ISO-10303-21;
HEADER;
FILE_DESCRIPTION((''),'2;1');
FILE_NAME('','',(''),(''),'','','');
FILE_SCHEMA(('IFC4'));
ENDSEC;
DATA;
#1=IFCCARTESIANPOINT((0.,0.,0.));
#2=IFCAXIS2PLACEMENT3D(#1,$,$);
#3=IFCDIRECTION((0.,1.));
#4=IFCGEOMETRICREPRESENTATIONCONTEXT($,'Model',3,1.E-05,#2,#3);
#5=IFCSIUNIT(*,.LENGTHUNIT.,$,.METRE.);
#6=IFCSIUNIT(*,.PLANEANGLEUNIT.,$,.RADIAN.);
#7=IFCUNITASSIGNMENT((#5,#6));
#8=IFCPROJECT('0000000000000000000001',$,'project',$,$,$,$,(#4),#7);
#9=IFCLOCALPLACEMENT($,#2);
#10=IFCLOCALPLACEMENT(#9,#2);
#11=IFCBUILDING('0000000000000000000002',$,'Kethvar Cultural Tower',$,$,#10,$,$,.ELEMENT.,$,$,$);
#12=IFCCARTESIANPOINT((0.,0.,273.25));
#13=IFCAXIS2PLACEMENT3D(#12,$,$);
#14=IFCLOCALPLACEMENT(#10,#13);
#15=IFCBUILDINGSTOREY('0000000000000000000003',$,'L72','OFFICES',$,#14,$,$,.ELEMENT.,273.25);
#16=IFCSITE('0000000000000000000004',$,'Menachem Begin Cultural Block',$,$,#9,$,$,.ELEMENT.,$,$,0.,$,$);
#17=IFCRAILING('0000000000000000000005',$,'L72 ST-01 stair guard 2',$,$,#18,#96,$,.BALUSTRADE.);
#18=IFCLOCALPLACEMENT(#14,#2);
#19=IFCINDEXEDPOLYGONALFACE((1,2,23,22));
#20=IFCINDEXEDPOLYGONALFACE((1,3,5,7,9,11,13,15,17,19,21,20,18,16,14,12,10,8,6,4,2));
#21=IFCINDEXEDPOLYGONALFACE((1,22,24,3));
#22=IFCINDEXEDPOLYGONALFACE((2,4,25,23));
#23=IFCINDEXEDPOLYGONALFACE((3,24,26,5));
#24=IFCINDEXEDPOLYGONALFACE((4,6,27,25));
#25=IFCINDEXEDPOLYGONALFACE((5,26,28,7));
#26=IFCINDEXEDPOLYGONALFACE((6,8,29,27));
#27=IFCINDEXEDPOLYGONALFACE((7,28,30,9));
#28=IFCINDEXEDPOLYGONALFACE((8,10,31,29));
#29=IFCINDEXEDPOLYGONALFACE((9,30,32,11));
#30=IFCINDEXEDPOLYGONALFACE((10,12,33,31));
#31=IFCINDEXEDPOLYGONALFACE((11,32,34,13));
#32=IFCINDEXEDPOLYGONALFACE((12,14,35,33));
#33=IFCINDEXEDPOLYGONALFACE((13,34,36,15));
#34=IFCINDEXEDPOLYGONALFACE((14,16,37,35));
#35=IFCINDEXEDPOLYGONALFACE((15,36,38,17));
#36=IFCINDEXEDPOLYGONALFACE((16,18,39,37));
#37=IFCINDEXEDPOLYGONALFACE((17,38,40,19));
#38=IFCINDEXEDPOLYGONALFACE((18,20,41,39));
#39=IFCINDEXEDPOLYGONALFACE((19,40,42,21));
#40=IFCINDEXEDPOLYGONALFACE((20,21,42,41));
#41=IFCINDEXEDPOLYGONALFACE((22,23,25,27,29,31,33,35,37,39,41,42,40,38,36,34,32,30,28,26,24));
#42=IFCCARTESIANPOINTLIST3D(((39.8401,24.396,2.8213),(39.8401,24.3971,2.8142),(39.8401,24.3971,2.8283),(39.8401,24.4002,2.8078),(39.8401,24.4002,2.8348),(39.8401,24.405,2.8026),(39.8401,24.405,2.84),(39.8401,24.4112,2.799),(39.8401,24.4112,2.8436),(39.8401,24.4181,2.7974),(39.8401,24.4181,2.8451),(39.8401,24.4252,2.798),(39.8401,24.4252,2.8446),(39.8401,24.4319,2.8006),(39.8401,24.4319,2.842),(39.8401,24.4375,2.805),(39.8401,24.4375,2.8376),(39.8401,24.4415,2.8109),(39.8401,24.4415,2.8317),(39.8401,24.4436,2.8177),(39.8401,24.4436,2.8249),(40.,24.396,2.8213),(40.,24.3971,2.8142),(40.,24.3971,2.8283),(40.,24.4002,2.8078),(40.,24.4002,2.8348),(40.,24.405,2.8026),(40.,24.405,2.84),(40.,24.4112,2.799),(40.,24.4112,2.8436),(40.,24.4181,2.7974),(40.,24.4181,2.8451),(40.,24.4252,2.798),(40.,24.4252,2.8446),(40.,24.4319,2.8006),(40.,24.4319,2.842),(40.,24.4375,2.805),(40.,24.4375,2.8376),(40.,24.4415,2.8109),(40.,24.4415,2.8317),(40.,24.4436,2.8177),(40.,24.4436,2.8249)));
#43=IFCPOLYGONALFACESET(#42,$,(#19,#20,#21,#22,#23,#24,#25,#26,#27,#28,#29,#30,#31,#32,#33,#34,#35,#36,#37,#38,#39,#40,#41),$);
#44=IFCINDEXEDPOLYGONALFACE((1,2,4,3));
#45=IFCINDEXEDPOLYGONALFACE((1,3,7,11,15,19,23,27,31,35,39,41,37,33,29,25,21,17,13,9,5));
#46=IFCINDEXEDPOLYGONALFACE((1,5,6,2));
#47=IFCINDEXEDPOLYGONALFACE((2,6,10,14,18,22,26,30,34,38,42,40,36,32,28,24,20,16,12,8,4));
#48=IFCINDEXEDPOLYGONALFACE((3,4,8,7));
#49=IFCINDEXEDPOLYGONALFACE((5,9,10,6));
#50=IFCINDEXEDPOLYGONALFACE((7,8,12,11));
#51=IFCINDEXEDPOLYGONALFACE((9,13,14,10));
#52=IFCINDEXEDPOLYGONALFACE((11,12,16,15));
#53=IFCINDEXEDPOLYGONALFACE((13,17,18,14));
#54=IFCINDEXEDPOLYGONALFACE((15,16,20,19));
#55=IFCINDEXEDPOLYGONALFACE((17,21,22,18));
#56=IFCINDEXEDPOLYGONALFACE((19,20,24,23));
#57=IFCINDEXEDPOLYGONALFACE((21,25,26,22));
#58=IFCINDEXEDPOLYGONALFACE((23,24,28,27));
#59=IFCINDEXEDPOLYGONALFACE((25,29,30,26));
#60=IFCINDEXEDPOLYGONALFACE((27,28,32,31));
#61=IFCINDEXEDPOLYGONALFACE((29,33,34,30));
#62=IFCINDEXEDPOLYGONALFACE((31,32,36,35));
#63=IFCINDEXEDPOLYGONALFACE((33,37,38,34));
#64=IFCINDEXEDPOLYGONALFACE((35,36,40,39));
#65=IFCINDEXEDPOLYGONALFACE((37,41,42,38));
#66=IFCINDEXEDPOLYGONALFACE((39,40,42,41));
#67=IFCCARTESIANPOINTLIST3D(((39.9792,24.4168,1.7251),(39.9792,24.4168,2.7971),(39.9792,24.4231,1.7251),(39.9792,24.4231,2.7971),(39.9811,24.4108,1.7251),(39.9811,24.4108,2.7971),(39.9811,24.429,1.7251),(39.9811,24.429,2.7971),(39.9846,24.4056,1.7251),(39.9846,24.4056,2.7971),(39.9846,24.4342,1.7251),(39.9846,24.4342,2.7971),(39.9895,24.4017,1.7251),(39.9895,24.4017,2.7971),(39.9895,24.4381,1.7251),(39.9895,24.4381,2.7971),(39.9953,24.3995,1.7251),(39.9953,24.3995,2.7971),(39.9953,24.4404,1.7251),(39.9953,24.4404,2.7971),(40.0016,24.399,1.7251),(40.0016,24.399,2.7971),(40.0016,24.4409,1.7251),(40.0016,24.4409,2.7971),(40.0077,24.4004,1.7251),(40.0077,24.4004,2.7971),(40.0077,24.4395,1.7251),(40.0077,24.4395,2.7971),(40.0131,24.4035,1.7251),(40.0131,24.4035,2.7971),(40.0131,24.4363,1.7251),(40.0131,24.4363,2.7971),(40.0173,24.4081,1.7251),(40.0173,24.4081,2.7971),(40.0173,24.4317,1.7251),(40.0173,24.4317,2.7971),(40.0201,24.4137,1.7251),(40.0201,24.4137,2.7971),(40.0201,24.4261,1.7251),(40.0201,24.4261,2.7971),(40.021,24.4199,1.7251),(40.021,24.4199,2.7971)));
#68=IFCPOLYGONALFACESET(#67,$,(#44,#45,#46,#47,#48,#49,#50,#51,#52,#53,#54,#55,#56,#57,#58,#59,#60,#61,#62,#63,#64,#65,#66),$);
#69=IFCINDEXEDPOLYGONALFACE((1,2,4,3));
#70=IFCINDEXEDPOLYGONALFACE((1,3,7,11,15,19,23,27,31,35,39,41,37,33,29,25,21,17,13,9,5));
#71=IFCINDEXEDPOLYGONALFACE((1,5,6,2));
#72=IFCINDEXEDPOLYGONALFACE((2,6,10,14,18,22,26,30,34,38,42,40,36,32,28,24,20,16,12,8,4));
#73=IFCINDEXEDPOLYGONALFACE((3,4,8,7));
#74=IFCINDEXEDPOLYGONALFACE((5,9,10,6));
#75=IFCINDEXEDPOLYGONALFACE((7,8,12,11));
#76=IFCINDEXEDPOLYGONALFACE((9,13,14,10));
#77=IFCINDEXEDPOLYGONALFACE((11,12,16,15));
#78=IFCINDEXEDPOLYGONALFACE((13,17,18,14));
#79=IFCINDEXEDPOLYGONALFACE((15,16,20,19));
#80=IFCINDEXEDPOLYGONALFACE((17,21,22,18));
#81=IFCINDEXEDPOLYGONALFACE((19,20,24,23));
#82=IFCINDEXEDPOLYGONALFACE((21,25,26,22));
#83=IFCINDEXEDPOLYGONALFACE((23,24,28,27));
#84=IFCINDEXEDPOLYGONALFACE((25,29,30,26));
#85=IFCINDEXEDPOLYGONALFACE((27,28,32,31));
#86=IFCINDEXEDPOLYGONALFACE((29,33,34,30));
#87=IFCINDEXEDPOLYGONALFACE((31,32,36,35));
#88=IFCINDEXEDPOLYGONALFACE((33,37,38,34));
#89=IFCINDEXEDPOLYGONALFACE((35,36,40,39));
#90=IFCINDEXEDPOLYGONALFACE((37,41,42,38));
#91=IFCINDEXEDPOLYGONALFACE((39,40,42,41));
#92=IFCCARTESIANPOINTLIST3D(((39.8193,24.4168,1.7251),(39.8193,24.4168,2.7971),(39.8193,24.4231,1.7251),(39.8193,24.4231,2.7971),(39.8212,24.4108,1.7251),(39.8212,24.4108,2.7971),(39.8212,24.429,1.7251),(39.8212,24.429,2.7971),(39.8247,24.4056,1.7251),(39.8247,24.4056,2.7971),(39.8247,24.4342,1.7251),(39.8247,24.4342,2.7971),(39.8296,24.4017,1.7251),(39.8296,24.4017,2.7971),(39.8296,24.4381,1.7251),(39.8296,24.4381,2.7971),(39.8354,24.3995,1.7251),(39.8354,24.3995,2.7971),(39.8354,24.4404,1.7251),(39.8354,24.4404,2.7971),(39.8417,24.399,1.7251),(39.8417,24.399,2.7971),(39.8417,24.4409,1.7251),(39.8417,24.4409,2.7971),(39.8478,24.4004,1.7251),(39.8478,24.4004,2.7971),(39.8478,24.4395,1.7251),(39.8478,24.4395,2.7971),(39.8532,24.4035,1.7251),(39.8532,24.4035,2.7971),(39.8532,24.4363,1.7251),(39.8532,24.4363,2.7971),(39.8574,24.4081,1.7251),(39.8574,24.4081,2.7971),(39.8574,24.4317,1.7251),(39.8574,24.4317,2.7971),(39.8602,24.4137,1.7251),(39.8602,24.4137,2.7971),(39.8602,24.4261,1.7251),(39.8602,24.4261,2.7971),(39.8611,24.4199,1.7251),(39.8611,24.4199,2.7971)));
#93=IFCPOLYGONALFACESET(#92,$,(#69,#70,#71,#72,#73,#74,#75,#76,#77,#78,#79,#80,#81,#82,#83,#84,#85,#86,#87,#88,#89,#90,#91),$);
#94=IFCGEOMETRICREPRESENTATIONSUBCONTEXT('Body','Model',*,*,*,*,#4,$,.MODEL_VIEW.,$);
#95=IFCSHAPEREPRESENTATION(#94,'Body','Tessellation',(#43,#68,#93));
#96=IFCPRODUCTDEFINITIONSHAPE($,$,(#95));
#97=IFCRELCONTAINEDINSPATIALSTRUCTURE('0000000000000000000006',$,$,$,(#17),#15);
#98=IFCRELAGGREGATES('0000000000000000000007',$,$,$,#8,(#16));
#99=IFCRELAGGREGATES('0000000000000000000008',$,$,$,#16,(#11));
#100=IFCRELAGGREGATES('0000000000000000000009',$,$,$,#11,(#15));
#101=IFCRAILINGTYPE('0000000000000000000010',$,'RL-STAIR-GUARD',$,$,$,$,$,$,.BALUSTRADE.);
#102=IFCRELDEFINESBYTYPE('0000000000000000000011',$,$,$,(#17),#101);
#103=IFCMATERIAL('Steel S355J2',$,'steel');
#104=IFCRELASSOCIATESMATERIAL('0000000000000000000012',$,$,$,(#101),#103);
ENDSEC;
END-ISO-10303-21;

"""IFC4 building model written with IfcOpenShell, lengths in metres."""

from ifc_helpers import new_model, si_unit, direction, frame, origin, origin_2d, place, context, subcontext, project, spatial, circle, extrude, material, type_object, element, save


model = new_model("IFC4")

# Units and contexts
model_context = context("Model", 3, precision=1e-05, world=origin(), true_north=direction((0.0, 1.0)))
body_context = subcontext(model_context, "Body", "Model", "MODEL_VIEW")
ifc_project = project(units=[si_unit("LENGTHUNIT", "METRE"), si_unit("PLANEANGLEUNIT", "RADIAN")], contexts=[model_context])

# Site, building, storey
site_placement = place(None, origin())
site = spatial("IfcSite", under=ifc_project, at=site_placement, Name="Menachem Begin Cultural Block", CompositionType="ELEMENT", RefElevation=0.0)
building_placement = place(site_placement, origin())
building = spatial("IfcBuilding", under=site, at=building_placement, Name="Kethvar Cultural Tower", CompositionType="ELEMENT")
storey_placement = place(building_placement, frame((0.0, 0.0, 273.25)))
storey = spatial("IfcBuildingStorey", under=building, at=storey_placement, Name="L72", Description="OFFICES", CompositionType="ELEMENT", Elevation=273.25)

# Shared definitions
ifc_material_1 = material(Name="Steel S355J2", Category="steel")

# Railing
railing_type_1 = type_object("IfcRailingType", Name="RL-STAIR-GUARD", PredefinedType="BALUSTRADE", material=ifc_material_1)
railing_1_placement = place(storey_placement, frame((40.0, 24.4199, 1.7251)))
element("IfcRailing", 1, at=railing_1_placement, inside=storey, type_object=railing_type_1, Name="L72 ST-01 stair guard 2", PredefinedType="BALUSTRADE", context=body_context, shape_type="SweptSolid", body=[
    extrude(circle(Radius=0.0239, at=origin_2d()), frame((0.0, 0.0, 1.0962), z_axis=(-1.0, 0.0, 0.0), x_axis=(0.0, -1.0, 0.0)), (0.0, 0.0, 1.0), 0.1599),
    extrude(circle(Radius=0.021, at=origin_2d()), origin(), (0.0, 0.0, 1.0), 1.072),
    extrude(circle(Radius=0.021, at=origin_2d()), frame((-0.1599, 0.0, 0.0)), (0.0, 0.0, 1.0), 1.072),
])

save(model, "model.ifc")
